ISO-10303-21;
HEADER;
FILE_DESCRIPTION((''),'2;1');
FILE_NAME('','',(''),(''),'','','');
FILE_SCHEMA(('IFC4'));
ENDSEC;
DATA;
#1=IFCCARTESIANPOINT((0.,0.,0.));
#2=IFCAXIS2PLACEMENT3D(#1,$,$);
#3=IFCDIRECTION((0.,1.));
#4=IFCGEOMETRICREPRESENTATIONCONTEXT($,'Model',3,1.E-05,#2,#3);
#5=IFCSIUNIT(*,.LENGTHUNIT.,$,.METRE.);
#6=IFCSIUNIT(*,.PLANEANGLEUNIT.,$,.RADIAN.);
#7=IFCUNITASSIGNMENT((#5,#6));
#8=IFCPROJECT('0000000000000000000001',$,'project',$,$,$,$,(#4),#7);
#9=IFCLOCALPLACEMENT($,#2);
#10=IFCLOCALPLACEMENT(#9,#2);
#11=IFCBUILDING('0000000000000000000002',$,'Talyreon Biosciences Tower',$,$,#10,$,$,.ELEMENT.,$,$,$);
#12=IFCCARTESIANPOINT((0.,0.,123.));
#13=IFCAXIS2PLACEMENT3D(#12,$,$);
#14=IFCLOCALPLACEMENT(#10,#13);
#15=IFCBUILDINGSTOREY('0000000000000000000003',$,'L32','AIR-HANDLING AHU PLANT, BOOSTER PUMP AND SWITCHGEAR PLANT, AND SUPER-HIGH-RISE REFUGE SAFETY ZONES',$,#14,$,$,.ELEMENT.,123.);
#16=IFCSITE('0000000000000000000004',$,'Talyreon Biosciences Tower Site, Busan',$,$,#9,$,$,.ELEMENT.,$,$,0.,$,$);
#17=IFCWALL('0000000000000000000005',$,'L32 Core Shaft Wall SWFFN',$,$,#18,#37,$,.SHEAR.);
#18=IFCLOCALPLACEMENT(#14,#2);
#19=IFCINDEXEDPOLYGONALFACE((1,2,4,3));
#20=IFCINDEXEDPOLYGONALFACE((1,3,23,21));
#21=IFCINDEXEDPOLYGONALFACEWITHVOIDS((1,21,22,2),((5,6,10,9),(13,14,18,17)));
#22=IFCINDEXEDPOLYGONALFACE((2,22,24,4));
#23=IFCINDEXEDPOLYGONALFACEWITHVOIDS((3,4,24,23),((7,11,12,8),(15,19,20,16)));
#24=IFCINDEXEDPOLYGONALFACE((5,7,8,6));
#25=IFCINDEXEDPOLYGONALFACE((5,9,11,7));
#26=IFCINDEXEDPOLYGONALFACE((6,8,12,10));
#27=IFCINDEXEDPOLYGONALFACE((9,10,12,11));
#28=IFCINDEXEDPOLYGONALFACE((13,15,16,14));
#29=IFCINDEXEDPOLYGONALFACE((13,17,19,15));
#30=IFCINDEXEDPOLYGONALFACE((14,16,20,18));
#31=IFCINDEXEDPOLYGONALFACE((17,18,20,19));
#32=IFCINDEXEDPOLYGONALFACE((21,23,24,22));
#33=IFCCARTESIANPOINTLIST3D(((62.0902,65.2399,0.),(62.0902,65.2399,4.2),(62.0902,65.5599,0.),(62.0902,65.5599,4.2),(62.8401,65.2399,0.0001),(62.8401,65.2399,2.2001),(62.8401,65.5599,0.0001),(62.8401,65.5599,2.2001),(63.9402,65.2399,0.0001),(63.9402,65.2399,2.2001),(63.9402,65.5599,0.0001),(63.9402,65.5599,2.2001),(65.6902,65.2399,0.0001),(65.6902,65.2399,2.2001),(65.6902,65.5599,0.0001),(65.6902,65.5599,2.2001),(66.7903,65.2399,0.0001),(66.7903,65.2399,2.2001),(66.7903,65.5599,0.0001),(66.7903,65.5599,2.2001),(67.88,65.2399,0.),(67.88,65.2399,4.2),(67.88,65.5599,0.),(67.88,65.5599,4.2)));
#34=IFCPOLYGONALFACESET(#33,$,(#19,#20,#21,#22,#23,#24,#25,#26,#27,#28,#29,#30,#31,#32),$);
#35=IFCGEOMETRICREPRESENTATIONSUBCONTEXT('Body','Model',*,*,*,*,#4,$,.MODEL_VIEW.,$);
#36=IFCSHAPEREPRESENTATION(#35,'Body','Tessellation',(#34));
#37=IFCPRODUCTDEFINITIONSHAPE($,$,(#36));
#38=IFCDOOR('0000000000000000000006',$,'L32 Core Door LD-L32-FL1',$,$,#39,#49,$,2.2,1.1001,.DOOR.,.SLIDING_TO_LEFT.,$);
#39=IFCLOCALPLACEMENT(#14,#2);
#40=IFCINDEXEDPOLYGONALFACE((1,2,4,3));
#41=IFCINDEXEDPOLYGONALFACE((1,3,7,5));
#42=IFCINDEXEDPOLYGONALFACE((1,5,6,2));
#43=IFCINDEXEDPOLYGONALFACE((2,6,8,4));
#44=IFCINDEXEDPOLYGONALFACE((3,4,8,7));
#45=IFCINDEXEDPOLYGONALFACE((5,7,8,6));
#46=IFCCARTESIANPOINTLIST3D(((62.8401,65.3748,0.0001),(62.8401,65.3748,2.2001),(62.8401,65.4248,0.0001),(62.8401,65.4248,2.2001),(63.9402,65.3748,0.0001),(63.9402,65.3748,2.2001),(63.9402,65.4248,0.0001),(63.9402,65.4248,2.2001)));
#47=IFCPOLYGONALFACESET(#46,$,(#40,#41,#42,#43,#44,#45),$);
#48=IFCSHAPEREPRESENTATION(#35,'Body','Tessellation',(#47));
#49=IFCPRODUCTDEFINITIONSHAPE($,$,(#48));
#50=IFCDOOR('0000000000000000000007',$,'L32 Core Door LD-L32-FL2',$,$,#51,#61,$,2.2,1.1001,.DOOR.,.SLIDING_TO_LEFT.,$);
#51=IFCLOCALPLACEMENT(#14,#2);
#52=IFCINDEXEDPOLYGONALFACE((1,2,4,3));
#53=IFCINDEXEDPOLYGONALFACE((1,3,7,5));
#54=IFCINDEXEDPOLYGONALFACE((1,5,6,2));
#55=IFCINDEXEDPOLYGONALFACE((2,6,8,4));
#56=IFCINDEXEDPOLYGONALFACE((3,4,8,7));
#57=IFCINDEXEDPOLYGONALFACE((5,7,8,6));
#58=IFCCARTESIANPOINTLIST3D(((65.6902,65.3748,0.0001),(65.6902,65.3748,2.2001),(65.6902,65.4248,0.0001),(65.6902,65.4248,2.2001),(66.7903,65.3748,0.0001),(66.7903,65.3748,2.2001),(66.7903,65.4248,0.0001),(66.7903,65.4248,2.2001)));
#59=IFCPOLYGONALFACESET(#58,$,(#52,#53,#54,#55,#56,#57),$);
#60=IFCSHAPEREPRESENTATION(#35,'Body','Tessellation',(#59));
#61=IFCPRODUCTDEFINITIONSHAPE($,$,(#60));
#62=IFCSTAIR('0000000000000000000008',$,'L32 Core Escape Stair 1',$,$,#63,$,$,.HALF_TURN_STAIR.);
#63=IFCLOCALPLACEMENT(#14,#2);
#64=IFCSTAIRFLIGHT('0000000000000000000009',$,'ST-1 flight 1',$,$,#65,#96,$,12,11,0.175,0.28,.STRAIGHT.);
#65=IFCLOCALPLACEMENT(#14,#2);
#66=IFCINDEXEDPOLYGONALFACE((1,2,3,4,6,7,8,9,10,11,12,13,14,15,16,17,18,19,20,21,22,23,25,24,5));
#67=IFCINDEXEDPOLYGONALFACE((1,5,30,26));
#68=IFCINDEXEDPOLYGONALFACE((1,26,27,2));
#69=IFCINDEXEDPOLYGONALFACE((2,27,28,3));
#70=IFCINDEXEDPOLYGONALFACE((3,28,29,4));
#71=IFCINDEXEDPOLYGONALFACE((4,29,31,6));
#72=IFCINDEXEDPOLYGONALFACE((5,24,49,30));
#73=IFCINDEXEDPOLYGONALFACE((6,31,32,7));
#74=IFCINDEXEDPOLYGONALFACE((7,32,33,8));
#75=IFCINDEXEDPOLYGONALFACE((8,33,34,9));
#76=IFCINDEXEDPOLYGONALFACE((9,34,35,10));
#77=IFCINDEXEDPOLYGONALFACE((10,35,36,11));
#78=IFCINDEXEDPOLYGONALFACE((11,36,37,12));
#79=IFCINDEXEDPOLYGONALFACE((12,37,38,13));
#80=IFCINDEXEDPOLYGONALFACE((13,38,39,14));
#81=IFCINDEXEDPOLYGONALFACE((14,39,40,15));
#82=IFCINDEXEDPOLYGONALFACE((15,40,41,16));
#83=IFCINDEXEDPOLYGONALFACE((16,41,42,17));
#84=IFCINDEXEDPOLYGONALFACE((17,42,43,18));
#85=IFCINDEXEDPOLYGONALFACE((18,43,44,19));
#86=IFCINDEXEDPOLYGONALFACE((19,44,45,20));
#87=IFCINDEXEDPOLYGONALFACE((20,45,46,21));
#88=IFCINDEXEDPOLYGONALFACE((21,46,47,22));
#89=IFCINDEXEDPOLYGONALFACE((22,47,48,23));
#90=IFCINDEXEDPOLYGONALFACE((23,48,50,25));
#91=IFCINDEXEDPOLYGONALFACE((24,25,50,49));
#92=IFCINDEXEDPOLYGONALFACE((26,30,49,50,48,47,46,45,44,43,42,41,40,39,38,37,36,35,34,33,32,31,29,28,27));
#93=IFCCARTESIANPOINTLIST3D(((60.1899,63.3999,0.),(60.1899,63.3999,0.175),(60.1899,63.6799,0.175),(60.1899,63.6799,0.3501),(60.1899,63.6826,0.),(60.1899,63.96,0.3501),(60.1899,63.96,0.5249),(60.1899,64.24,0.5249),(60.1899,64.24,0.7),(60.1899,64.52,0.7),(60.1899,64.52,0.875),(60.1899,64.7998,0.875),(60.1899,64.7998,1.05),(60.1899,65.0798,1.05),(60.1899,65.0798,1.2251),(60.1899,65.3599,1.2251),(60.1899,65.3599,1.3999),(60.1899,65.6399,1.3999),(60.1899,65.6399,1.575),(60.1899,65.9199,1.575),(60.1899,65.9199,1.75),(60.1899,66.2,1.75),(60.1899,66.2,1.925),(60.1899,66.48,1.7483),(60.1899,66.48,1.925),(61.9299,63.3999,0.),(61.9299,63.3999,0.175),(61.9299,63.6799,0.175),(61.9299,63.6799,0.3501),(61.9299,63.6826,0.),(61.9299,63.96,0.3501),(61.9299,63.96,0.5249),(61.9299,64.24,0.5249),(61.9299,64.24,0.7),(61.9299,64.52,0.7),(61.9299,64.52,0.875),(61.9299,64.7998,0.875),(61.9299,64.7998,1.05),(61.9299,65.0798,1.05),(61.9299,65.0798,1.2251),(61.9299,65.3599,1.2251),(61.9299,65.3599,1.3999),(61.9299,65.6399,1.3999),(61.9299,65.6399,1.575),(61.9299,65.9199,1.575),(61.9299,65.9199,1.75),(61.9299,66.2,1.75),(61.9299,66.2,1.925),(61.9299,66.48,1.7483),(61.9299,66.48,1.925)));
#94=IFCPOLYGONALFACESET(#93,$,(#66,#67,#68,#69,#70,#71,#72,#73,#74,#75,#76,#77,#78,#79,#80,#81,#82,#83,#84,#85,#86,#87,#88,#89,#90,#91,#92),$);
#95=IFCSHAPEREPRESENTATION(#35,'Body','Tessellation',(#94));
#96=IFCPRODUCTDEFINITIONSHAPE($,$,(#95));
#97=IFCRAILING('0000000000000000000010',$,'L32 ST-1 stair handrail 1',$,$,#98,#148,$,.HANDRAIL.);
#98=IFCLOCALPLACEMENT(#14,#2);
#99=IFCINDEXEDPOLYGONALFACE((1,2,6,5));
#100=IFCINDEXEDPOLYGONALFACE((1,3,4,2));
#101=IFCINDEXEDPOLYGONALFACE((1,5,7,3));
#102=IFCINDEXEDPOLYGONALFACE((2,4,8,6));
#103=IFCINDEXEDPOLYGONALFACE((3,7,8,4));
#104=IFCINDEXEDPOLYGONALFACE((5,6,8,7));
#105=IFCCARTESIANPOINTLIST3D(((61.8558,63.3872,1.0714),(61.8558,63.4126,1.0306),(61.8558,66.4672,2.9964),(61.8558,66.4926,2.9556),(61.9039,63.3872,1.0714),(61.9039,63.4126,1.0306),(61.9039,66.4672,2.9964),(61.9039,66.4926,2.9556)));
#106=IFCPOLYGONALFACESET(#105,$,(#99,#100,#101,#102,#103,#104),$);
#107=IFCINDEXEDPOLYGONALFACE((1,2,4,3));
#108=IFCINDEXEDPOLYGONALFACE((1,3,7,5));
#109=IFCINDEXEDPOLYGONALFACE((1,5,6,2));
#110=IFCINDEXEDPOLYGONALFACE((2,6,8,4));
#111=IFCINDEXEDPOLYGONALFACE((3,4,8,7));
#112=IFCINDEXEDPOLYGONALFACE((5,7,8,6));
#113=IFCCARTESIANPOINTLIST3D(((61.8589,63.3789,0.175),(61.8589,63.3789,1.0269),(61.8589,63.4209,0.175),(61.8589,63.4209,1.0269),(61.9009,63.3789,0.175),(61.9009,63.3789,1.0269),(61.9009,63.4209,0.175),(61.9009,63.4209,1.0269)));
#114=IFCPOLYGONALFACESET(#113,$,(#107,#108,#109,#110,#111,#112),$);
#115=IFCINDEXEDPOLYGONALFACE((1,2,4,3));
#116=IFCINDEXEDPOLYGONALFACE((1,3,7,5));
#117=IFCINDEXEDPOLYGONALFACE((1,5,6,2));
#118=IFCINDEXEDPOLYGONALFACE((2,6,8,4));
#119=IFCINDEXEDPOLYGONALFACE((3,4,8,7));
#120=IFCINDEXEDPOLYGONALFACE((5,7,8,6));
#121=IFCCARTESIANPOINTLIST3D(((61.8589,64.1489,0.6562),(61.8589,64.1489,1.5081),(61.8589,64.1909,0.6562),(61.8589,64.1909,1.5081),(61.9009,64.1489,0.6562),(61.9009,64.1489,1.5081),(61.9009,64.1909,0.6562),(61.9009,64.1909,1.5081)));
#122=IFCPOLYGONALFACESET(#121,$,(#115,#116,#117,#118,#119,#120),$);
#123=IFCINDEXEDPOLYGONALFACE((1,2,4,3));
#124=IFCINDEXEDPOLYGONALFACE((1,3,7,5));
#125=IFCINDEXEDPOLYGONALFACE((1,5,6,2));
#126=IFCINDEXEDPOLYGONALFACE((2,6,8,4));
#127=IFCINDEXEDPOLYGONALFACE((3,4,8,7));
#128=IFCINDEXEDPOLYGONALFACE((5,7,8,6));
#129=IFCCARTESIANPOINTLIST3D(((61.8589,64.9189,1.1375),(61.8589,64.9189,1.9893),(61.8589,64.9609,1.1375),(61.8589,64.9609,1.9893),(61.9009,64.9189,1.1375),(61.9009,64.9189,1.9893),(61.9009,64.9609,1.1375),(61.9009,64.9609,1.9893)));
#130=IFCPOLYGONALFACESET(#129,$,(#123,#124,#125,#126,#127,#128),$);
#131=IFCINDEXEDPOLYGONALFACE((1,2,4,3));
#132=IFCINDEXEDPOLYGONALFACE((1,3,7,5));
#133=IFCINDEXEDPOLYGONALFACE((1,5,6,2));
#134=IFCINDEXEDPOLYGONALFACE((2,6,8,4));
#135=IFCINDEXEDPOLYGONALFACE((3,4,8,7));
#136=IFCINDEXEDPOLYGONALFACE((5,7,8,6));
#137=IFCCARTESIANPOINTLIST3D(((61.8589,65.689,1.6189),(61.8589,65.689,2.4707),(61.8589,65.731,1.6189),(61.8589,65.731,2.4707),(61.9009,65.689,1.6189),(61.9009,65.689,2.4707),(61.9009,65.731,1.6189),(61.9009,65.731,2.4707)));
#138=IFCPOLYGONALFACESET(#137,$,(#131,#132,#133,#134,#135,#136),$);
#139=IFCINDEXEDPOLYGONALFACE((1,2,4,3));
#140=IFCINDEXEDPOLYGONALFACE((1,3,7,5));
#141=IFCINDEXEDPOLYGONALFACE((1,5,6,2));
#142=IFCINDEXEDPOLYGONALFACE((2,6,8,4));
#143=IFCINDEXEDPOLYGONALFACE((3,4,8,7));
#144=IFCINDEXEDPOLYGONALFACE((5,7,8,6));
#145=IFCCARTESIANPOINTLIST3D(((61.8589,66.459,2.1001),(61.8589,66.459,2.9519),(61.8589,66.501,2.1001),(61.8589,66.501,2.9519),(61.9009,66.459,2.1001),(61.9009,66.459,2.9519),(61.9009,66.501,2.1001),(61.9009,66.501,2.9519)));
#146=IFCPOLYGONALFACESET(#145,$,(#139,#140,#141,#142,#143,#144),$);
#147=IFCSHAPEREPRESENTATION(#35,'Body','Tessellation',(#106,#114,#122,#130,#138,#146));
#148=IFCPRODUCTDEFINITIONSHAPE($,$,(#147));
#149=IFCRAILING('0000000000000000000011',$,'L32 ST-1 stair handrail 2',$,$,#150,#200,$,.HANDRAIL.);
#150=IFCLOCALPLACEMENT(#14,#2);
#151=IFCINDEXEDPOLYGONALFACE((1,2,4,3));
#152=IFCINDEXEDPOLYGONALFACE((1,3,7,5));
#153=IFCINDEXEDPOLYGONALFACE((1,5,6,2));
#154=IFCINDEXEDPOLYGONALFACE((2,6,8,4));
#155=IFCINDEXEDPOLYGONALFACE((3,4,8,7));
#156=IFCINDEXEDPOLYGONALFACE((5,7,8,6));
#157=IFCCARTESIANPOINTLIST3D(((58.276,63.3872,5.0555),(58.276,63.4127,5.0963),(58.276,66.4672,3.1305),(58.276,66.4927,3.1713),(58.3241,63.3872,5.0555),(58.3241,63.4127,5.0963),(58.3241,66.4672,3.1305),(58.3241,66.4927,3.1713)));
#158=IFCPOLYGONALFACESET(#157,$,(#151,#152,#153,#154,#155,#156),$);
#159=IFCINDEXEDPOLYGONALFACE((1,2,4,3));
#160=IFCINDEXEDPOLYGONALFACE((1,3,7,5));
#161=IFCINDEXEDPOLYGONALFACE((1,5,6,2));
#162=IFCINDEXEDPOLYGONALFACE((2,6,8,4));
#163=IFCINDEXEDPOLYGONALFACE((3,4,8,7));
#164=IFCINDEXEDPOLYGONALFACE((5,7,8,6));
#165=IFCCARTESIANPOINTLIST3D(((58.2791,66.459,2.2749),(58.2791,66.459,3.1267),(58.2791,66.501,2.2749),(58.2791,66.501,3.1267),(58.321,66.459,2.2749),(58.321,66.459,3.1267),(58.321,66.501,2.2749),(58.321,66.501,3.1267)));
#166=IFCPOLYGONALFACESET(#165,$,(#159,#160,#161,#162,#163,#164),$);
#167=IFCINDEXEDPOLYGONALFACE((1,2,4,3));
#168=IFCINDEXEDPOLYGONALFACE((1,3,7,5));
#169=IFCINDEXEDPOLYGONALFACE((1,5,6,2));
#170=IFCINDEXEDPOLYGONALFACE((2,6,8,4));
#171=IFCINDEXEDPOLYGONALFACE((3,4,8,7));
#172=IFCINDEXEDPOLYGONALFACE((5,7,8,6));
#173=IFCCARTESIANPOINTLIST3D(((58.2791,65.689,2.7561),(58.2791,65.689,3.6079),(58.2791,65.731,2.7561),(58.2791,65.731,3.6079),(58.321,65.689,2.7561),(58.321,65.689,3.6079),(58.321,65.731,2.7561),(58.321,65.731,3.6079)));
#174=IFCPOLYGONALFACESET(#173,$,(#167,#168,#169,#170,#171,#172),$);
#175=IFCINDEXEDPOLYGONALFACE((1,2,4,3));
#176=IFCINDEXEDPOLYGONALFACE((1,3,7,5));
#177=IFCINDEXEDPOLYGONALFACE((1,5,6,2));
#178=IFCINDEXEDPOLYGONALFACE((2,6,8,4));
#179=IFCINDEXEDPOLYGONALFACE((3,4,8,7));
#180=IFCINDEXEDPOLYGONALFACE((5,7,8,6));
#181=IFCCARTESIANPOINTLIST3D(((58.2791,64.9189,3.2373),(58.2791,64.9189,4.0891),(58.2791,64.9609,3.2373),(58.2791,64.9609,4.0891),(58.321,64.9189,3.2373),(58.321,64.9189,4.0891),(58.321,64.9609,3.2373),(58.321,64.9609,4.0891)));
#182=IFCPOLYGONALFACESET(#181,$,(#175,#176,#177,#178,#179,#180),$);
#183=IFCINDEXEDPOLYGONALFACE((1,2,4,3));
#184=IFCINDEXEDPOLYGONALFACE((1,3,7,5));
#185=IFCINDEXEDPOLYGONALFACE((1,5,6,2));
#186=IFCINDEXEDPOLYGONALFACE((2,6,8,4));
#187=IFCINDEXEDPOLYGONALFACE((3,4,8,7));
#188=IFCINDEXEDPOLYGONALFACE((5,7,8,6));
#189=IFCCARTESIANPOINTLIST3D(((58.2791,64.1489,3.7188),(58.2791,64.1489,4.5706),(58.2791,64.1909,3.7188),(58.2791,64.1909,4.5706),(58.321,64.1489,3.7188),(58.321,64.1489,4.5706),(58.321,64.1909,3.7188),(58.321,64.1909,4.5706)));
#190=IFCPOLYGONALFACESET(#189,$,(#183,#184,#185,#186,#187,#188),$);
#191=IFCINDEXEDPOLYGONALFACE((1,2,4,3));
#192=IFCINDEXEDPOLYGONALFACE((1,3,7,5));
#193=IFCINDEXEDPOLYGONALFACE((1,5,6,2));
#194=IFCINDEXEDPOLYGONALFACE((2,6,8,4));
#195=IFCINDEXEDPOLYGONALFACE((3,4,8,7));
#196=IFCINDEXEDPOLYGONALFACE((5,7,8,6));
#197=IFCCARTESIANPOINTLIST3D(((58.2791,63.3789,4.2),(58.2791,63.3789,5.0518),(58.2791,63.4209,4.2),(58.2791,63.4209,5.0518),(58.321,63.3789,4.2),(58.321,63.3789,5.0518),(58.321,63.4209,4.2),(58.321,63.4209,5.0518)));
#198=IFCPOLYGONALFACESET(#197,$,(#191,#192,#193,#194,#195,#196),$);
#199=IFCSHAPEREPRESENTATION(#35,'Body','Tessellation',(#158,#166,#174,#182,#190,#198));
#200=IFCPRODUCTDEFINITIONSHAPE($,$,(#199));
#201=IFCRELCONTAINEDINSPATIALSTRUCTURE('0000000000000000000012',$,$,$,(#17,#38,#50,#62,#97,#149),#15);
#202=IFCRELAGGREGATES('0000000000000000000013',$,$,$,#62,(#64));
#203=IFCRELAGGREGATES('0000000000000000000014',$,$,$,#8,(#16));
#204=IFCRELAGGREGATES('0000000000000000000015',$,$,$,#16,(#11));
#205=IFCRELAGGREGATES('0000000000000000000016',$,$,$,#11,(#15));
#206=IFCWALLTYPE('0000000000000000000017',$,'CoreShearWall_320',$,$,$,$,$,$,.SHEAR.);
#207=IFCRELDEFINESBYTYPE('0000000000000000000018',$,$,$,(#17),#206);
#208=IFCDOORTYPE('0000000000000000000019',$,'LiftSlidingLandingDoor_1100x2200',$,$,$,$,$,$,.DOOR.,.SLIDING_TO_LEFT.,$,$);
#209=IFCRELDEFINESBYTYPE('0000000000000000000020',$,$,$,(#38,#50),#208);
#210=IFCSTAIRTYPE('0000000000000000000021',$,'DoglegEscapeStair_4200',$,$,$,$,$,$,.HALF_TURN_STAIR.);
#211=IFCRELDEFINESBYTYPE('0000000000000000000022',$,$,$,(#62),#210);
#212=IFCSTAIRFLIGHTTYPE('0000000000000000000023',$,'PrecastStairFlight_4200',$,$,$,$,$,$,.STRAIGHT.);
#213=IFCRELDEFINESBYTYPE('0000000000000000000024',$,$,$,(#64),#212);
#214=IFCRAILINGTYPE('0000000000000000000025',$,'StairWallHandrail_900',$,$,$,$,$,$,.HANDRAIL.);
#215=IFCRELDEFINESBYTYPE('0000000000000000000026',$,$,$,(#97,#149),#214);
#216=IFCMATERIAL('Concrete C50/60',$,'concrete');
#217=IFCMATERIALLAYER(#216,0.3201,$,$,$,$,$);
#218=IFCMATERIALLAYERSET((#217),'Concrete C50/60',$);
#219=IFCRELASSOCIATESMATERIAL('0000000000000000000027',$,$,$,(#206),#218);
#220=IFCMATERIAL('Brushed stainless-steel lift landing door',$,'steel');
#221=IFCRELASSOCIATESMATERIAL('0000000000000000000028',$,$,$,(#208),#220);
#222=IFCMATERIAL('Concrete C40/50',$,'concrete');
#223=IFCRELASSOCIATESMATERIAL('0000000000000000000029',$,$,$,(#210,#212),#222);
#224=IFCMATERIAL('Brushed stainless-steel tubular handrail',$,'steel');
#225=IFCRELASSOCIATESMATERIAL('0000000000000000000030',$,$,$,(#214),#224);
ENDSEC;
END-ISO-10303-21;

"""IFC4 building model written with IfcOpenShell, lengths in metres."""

from ifc_helpers import new_model, si_unit, direction, frame, frame_2d, origin, origin_2d, place, context, subcontext, project, spatial, polyline, rectangle, outline, extrude, material, layer, layer_set, type_object, element, fill, aggregate, save


model = new_model("IFC4")

# Units and contexts
model_context = context("Model", 3, precision=1e-05, world=origin(), true_north=direction((0.0, 1.0)))
body_context = subcontext(model_context, "Body", "Model", "MODEL_VIEW")
ifc_project = project(units=[si_unit("LENGTHUNIT", "METRE"), si_unit("PLANEANGLEUNIT", "RADIAN")], contexts=[model_context])

# Site, building, storey
site_placement = place(None, origin())
site = spatial("IfcSite", under=ifc_project, at=site_placement, Name="Talyreon Biosciences Tower Site, Busan", CompositionType="ELEMENT", RefElevation=0.0)
building_placement = place(site_placement, origin())
building = spatial("IfcBuilding", under=site, at=building_placement, Name="Talyreon Biosciences Tower", CompositionType="ELEMENT")
storey_placement = place(building_placement, frame((0.0, 0.0, 123.0)))
storey = spatial("IfcBuildingStorey", under=building, at=storey_placement, Name="L32", Description="AIR-HANDLING AHU PLANT, BOOSTER PUMP AND SWITCHGEAR PLANT, AND SUPER-HIGH-RISE REFUGE SAFETY ZONES", CompositionType="ELEMENT", Elevation=123.0)

# Shared definitions
ifc_material_1 = material(Name="Concrete C50/60", Category="concrete")

# Shared definitions
ifc_layer_1 = layer(ifc_material_1, 0.3201)
ifc_layer_set_1 = layer_set([ifc_layer_1], Name="Concrete C50/60")
wall_type_1 = type_object("IfcWallType", Name="CoreShearWall_320", PredefinedType="SHEAR", material=ifc_layer_set_1)

# Wall, openings, doors
wall_1_placement = place(storey_placement, frame((62.0901, 65.3999, 0.0), z_axis=(0.0, 0.0, 1.0), x_axis=(1.0, 0.0, 0.0)))
wall_1 = element("IfcWall", 1, at=wall_1_placement, inside=storey, type_object=wall_type_1, Name="L32 Core Shaft Wall SWFFN", PredefinedType="SHEAR", context=body_context, shape_type="SweptSolid", body=[
    extrude(rectangle(XDim=5.7898, YDim=0.3201, at=frame_2d((2.895, 0.0))), origin(), (0.0, 0.0, 1.0), 4.2),
])
opening_1_placement = place(wall_1_placement, frame((0.75, 0.0, 0.0)))
opening_1 = element("IfcOpeningElement", 2, at=opening_1_placement, cuts=wall_1, PredefinedType="OPENING", context=body_context, shape_type="SweptSolid", body=[
    extrude(rectangle(XDim=1.1001, YDim=2.2, at=frame_2d((0.55, 1.1001))), frame((0.0, 0.1699, 0.0), z_axis=(0.0, -1.0, 0.0), x_axis=(1.0, 0.0, 0.0)), (0.0, 0.0, 1.0), 0.3401),
])
opening_2_placement = place(wall_1_placement, frame((3.6001, 0.0, 0.0)))
opening_2 = element("IfcOpeningElement", 3, at=opening_2_placement, cuts=wall_1, PredefinedType="OPENING", context=body_context, shape_type="SweptSolid", body=[
    extrude(rectangle(XDim=1.1001, YDim=2.2, at=frame_2d((0.55, 1.1001))), frame((0.0, 0.1699, 0.0), z_axis=(0.0, -1.0, 0.0), x_axis=(1.0, 0.0, 0.0)), (0.0, 0.0, 1.0), 0.3401),
])
ifc_material_2 = material(Name="Brushed stainless-steel lift landing door", Category="steel")
door_type_1 = type_object("IfcDoorType", Name="LiftSlidingLandingDoor_1100x2200", OperationType="SLIDING_TO_LEFT", PredefinedType="DOOR", material=ifc_material_2)
door_1_placement = place(opening_1_placement, origin())
door_1 = element("IfcDoor", 4, at=door_1_placement, inside=storey, type_object=door_type_1, Name="L32 Core Door LD-L32-FL1", OperationType="SLIDING_TO_LEFT", OverallHeight=2.2, OverallWidth=1.1001, PredefinedType="DOOR", context=body_context, shape_type="SweptSolid", body=[
    extrude(rectangle(XDim=1.1001, YDim=2.2, at=frame_2d((0.55, 1.1001))), frame((0.0, 0.0249, 0.0), z_axis=(0.0, -1.0, 0.0), x_axis=(1.0, 0.0, 0.0)), (0.0, 0.0, 1.0), 0.05),
])
fill(opening_1, door_1)
door_2_placement = place(opening_2_placement, origin())
door_2 = element("IfcDoor", 5, at=door_2_placement, inside=storey, type_object=door_type_1, Name="L32 Core Door LD-L32-FL2", OperationType="SLIDING_TO_LEFT", OverallHeight=2.2, OverallWidth=1.1001, PredefinedType="DOOR", context=body_context, shape_type="SweptSolid", body=[
    extrude(rectangle(XDim=1.1001, YDim=2.2, at=frame_2d((0.55, 1.1001))), frame((0.0, 0.0249, 0.0), z_axis=(0.0, -1.0, 0.0), x_axis=(1.0, 0.0, 0.0)), (0.0, 0.0, 1.0), 0.05),
])
fill(opening_2, door_2)

# Stair, stair flight
ifc_material_3 = material(Name="Concrete C40/50", Category="concrete")
stair_type = type_object("IfcStairType", Name="DoglegEscapeStair_4200", PredefinedType="HALF_TURN_STAIR", material=ifc_material_3)
stair_placement = place(storey_placement, origin())
stair = element("IfcStair", 6, at=stair_placement, inside=storey, type_object=stair_type, Name="L32 Core Escape Stair 1", PredefinedType="HALF_TURN_STAIR")
stair_flight_type = type_object("IfcStairFlightType", Name="PrecastStairFlight_4200", PredefinedType="STRAIGHT", material=ifc_material_3)
stair_flight_placement = place(storey_placement, frame((61.0601, 63.3999, 0.0), z_axis=(0.0, 0.0, 1.0), x_axis=(0.0, 1.0, 0.0)))
stair_flight = element("IfcStairFlight", 7, at=stair_flight_placement, type_object=stair_flight_type, Name="ST-1 flight 1", NumberOfRisers=12, NumberOfTreads=11, PredefinedType="STRAIGHT", RiserHeight=0.175, TreadLength=0.28, context=body_context, shape_type="SweptSolid", body=[
    extrude(outline(polyline([(0.0, 0.0), (0.0, 0.175), (0.28, 0.175), (0.28, 0.3501), (0.5601, 0.3501), (0.5601, 0.5249), (0.8401, 0.5249), (0.8401, 0.7), (1.1201, 0.7), (1.1201, 0.875), (1.3999, 0.875), (1.3999, 1.05), (1.6799, 1.05), (1.6799, 1.2251), (1.96, 1.2251), (1.96, 1.3999), (2.24, 1.3999), (2.24, 1.575), (2.52, 1.575), (2.52, 1.75), (2.8, 1.75), (2.8, 1.925), (3.0801, 1.925), (3.0801, 2.1001), (3.0801, 1.7483), (0.2827, 0.0), (0.0, 0.0)])), frame((0.0, 0.8701, 0.0), z_axis=(0.0, -1.0, 0.0), x_axis=(1.0, 0.0, 0.0)), (0.0, 0.0, 1.0), 1.74),
])
aggregate(stair, [stair_flight])

# Railings
ifc_material_4 = material(Name="Brushed stainless-steel tubular handrail", Category="steel")
railing_type_1 = type_object("IfcRailingType", Name="StairWallHandrail_900", PredefinedType="HANDRAIL", material=ifc_material_4)
railing_1_placement = place(storey_placement, frame((61.8799, 63.3999, 0.175)))
element("IfcRailing", 8, at=railing_1_placement, inside=storey, type_object=railing_type_1, Name="L32 ST-1 stair handrail 1", PredefinedType="HANDRAIL", context=body_context, shape_type="SweptSolid", body=[
    extrude(rectangle(XDim=0.0481, YDim=0.0481, at=origin_2d()), frame((0.0, 0.0, 0.876), z_axis=(0.0, 0.847998, 0.529999), x_axis=(-1.0, 0.0, 0.0)), (0.0, 0.0, 1.0), 3.6321),
    extrude(rectangle(XDim=0.042, YDim=0.042, at=origin_2d()), origin(), (0.0, 0.0, 1.0), 0.8518),
    extrude(rectangle(XDim=0.042, YDim=0.042, at=origin_2d()), frame((0.0, 0.77, 0.4812)), (0.0, 0.0, 1.0), 0.8518),
    extrude(rectangle(XDim=0.042, YDim=0.042, at=origin_2d()), frame((0.0, 1.54, 0.9624)), (0.0, 0.0, 1.0), 0.8518),
    extrude(rectangle(XDim=0.042, YDim=0.042, at=origin_2d()), frame((0.0, 2.3101, 1.4438)), (0.0, 0.0, 1.0), 0.8518),
    extrude(rectangle(XDim=0.042, YDim=0.042, at=origin_2d()), frame((0.0, 3.0801, 1.925)), (0.0, 0.0, 1.0), 0.8518),
])
railing_2_placement = place(storey_placement, frame((58.3, 66.48, 2.2749)))
element("IfcRailing", 9, at=railing_2_placement, inside=storey, type_object=railing_type_1, Name="L32 ST-1 stair handrail 2", PredefinedType="HANDRAIL", context=body_context, shape_type="SweptSolid", body=[
    extrude(rectangle(XDim=0.0481, YDim=0.0481, at=origin_2d()), frame((0.0, 0.0, 0.876), z_axis=(0.0, -0.847998, 0.529999), x_axis=(1.0, 0.0, 0.0)), (0.0, 0.0, 1.0), 3.6321),
    extrude(rectangle(XDim=0.042, YDim=0.042, at=origin_2d()), origin(), (0.0, 0.0, 1.0), 0.8518),
    extrude(rectangle(XDim=0.042, YDim=0.042, at=origin_2d()), frame((0.0, -0.77, 0.4812)), (0.0, 0.0, 1.0), 0.8518),
    extrude(rectangle(XDim=0.042, YDim=0.042, at=origin_2d()), frame((0.0, -1.54, 0.9624)), (0.0, 0.0, 1.0), 0.8518),
    extrude(rectangle(XDim=0.042, YDim=0.042, at=origin_2d()), frame((0.0, -2.3101, 1.4438)), (0.0, 0.0, 1.0), 0.8518),
    extrude(rectangle(XDim=0.042, YDim=0.042, at=origin_2d()), frame((0.0, -3.0801, 1.925)), (0.0, 0.0, 1.0), 0.8518),
])

save(model, "model.ifc")
